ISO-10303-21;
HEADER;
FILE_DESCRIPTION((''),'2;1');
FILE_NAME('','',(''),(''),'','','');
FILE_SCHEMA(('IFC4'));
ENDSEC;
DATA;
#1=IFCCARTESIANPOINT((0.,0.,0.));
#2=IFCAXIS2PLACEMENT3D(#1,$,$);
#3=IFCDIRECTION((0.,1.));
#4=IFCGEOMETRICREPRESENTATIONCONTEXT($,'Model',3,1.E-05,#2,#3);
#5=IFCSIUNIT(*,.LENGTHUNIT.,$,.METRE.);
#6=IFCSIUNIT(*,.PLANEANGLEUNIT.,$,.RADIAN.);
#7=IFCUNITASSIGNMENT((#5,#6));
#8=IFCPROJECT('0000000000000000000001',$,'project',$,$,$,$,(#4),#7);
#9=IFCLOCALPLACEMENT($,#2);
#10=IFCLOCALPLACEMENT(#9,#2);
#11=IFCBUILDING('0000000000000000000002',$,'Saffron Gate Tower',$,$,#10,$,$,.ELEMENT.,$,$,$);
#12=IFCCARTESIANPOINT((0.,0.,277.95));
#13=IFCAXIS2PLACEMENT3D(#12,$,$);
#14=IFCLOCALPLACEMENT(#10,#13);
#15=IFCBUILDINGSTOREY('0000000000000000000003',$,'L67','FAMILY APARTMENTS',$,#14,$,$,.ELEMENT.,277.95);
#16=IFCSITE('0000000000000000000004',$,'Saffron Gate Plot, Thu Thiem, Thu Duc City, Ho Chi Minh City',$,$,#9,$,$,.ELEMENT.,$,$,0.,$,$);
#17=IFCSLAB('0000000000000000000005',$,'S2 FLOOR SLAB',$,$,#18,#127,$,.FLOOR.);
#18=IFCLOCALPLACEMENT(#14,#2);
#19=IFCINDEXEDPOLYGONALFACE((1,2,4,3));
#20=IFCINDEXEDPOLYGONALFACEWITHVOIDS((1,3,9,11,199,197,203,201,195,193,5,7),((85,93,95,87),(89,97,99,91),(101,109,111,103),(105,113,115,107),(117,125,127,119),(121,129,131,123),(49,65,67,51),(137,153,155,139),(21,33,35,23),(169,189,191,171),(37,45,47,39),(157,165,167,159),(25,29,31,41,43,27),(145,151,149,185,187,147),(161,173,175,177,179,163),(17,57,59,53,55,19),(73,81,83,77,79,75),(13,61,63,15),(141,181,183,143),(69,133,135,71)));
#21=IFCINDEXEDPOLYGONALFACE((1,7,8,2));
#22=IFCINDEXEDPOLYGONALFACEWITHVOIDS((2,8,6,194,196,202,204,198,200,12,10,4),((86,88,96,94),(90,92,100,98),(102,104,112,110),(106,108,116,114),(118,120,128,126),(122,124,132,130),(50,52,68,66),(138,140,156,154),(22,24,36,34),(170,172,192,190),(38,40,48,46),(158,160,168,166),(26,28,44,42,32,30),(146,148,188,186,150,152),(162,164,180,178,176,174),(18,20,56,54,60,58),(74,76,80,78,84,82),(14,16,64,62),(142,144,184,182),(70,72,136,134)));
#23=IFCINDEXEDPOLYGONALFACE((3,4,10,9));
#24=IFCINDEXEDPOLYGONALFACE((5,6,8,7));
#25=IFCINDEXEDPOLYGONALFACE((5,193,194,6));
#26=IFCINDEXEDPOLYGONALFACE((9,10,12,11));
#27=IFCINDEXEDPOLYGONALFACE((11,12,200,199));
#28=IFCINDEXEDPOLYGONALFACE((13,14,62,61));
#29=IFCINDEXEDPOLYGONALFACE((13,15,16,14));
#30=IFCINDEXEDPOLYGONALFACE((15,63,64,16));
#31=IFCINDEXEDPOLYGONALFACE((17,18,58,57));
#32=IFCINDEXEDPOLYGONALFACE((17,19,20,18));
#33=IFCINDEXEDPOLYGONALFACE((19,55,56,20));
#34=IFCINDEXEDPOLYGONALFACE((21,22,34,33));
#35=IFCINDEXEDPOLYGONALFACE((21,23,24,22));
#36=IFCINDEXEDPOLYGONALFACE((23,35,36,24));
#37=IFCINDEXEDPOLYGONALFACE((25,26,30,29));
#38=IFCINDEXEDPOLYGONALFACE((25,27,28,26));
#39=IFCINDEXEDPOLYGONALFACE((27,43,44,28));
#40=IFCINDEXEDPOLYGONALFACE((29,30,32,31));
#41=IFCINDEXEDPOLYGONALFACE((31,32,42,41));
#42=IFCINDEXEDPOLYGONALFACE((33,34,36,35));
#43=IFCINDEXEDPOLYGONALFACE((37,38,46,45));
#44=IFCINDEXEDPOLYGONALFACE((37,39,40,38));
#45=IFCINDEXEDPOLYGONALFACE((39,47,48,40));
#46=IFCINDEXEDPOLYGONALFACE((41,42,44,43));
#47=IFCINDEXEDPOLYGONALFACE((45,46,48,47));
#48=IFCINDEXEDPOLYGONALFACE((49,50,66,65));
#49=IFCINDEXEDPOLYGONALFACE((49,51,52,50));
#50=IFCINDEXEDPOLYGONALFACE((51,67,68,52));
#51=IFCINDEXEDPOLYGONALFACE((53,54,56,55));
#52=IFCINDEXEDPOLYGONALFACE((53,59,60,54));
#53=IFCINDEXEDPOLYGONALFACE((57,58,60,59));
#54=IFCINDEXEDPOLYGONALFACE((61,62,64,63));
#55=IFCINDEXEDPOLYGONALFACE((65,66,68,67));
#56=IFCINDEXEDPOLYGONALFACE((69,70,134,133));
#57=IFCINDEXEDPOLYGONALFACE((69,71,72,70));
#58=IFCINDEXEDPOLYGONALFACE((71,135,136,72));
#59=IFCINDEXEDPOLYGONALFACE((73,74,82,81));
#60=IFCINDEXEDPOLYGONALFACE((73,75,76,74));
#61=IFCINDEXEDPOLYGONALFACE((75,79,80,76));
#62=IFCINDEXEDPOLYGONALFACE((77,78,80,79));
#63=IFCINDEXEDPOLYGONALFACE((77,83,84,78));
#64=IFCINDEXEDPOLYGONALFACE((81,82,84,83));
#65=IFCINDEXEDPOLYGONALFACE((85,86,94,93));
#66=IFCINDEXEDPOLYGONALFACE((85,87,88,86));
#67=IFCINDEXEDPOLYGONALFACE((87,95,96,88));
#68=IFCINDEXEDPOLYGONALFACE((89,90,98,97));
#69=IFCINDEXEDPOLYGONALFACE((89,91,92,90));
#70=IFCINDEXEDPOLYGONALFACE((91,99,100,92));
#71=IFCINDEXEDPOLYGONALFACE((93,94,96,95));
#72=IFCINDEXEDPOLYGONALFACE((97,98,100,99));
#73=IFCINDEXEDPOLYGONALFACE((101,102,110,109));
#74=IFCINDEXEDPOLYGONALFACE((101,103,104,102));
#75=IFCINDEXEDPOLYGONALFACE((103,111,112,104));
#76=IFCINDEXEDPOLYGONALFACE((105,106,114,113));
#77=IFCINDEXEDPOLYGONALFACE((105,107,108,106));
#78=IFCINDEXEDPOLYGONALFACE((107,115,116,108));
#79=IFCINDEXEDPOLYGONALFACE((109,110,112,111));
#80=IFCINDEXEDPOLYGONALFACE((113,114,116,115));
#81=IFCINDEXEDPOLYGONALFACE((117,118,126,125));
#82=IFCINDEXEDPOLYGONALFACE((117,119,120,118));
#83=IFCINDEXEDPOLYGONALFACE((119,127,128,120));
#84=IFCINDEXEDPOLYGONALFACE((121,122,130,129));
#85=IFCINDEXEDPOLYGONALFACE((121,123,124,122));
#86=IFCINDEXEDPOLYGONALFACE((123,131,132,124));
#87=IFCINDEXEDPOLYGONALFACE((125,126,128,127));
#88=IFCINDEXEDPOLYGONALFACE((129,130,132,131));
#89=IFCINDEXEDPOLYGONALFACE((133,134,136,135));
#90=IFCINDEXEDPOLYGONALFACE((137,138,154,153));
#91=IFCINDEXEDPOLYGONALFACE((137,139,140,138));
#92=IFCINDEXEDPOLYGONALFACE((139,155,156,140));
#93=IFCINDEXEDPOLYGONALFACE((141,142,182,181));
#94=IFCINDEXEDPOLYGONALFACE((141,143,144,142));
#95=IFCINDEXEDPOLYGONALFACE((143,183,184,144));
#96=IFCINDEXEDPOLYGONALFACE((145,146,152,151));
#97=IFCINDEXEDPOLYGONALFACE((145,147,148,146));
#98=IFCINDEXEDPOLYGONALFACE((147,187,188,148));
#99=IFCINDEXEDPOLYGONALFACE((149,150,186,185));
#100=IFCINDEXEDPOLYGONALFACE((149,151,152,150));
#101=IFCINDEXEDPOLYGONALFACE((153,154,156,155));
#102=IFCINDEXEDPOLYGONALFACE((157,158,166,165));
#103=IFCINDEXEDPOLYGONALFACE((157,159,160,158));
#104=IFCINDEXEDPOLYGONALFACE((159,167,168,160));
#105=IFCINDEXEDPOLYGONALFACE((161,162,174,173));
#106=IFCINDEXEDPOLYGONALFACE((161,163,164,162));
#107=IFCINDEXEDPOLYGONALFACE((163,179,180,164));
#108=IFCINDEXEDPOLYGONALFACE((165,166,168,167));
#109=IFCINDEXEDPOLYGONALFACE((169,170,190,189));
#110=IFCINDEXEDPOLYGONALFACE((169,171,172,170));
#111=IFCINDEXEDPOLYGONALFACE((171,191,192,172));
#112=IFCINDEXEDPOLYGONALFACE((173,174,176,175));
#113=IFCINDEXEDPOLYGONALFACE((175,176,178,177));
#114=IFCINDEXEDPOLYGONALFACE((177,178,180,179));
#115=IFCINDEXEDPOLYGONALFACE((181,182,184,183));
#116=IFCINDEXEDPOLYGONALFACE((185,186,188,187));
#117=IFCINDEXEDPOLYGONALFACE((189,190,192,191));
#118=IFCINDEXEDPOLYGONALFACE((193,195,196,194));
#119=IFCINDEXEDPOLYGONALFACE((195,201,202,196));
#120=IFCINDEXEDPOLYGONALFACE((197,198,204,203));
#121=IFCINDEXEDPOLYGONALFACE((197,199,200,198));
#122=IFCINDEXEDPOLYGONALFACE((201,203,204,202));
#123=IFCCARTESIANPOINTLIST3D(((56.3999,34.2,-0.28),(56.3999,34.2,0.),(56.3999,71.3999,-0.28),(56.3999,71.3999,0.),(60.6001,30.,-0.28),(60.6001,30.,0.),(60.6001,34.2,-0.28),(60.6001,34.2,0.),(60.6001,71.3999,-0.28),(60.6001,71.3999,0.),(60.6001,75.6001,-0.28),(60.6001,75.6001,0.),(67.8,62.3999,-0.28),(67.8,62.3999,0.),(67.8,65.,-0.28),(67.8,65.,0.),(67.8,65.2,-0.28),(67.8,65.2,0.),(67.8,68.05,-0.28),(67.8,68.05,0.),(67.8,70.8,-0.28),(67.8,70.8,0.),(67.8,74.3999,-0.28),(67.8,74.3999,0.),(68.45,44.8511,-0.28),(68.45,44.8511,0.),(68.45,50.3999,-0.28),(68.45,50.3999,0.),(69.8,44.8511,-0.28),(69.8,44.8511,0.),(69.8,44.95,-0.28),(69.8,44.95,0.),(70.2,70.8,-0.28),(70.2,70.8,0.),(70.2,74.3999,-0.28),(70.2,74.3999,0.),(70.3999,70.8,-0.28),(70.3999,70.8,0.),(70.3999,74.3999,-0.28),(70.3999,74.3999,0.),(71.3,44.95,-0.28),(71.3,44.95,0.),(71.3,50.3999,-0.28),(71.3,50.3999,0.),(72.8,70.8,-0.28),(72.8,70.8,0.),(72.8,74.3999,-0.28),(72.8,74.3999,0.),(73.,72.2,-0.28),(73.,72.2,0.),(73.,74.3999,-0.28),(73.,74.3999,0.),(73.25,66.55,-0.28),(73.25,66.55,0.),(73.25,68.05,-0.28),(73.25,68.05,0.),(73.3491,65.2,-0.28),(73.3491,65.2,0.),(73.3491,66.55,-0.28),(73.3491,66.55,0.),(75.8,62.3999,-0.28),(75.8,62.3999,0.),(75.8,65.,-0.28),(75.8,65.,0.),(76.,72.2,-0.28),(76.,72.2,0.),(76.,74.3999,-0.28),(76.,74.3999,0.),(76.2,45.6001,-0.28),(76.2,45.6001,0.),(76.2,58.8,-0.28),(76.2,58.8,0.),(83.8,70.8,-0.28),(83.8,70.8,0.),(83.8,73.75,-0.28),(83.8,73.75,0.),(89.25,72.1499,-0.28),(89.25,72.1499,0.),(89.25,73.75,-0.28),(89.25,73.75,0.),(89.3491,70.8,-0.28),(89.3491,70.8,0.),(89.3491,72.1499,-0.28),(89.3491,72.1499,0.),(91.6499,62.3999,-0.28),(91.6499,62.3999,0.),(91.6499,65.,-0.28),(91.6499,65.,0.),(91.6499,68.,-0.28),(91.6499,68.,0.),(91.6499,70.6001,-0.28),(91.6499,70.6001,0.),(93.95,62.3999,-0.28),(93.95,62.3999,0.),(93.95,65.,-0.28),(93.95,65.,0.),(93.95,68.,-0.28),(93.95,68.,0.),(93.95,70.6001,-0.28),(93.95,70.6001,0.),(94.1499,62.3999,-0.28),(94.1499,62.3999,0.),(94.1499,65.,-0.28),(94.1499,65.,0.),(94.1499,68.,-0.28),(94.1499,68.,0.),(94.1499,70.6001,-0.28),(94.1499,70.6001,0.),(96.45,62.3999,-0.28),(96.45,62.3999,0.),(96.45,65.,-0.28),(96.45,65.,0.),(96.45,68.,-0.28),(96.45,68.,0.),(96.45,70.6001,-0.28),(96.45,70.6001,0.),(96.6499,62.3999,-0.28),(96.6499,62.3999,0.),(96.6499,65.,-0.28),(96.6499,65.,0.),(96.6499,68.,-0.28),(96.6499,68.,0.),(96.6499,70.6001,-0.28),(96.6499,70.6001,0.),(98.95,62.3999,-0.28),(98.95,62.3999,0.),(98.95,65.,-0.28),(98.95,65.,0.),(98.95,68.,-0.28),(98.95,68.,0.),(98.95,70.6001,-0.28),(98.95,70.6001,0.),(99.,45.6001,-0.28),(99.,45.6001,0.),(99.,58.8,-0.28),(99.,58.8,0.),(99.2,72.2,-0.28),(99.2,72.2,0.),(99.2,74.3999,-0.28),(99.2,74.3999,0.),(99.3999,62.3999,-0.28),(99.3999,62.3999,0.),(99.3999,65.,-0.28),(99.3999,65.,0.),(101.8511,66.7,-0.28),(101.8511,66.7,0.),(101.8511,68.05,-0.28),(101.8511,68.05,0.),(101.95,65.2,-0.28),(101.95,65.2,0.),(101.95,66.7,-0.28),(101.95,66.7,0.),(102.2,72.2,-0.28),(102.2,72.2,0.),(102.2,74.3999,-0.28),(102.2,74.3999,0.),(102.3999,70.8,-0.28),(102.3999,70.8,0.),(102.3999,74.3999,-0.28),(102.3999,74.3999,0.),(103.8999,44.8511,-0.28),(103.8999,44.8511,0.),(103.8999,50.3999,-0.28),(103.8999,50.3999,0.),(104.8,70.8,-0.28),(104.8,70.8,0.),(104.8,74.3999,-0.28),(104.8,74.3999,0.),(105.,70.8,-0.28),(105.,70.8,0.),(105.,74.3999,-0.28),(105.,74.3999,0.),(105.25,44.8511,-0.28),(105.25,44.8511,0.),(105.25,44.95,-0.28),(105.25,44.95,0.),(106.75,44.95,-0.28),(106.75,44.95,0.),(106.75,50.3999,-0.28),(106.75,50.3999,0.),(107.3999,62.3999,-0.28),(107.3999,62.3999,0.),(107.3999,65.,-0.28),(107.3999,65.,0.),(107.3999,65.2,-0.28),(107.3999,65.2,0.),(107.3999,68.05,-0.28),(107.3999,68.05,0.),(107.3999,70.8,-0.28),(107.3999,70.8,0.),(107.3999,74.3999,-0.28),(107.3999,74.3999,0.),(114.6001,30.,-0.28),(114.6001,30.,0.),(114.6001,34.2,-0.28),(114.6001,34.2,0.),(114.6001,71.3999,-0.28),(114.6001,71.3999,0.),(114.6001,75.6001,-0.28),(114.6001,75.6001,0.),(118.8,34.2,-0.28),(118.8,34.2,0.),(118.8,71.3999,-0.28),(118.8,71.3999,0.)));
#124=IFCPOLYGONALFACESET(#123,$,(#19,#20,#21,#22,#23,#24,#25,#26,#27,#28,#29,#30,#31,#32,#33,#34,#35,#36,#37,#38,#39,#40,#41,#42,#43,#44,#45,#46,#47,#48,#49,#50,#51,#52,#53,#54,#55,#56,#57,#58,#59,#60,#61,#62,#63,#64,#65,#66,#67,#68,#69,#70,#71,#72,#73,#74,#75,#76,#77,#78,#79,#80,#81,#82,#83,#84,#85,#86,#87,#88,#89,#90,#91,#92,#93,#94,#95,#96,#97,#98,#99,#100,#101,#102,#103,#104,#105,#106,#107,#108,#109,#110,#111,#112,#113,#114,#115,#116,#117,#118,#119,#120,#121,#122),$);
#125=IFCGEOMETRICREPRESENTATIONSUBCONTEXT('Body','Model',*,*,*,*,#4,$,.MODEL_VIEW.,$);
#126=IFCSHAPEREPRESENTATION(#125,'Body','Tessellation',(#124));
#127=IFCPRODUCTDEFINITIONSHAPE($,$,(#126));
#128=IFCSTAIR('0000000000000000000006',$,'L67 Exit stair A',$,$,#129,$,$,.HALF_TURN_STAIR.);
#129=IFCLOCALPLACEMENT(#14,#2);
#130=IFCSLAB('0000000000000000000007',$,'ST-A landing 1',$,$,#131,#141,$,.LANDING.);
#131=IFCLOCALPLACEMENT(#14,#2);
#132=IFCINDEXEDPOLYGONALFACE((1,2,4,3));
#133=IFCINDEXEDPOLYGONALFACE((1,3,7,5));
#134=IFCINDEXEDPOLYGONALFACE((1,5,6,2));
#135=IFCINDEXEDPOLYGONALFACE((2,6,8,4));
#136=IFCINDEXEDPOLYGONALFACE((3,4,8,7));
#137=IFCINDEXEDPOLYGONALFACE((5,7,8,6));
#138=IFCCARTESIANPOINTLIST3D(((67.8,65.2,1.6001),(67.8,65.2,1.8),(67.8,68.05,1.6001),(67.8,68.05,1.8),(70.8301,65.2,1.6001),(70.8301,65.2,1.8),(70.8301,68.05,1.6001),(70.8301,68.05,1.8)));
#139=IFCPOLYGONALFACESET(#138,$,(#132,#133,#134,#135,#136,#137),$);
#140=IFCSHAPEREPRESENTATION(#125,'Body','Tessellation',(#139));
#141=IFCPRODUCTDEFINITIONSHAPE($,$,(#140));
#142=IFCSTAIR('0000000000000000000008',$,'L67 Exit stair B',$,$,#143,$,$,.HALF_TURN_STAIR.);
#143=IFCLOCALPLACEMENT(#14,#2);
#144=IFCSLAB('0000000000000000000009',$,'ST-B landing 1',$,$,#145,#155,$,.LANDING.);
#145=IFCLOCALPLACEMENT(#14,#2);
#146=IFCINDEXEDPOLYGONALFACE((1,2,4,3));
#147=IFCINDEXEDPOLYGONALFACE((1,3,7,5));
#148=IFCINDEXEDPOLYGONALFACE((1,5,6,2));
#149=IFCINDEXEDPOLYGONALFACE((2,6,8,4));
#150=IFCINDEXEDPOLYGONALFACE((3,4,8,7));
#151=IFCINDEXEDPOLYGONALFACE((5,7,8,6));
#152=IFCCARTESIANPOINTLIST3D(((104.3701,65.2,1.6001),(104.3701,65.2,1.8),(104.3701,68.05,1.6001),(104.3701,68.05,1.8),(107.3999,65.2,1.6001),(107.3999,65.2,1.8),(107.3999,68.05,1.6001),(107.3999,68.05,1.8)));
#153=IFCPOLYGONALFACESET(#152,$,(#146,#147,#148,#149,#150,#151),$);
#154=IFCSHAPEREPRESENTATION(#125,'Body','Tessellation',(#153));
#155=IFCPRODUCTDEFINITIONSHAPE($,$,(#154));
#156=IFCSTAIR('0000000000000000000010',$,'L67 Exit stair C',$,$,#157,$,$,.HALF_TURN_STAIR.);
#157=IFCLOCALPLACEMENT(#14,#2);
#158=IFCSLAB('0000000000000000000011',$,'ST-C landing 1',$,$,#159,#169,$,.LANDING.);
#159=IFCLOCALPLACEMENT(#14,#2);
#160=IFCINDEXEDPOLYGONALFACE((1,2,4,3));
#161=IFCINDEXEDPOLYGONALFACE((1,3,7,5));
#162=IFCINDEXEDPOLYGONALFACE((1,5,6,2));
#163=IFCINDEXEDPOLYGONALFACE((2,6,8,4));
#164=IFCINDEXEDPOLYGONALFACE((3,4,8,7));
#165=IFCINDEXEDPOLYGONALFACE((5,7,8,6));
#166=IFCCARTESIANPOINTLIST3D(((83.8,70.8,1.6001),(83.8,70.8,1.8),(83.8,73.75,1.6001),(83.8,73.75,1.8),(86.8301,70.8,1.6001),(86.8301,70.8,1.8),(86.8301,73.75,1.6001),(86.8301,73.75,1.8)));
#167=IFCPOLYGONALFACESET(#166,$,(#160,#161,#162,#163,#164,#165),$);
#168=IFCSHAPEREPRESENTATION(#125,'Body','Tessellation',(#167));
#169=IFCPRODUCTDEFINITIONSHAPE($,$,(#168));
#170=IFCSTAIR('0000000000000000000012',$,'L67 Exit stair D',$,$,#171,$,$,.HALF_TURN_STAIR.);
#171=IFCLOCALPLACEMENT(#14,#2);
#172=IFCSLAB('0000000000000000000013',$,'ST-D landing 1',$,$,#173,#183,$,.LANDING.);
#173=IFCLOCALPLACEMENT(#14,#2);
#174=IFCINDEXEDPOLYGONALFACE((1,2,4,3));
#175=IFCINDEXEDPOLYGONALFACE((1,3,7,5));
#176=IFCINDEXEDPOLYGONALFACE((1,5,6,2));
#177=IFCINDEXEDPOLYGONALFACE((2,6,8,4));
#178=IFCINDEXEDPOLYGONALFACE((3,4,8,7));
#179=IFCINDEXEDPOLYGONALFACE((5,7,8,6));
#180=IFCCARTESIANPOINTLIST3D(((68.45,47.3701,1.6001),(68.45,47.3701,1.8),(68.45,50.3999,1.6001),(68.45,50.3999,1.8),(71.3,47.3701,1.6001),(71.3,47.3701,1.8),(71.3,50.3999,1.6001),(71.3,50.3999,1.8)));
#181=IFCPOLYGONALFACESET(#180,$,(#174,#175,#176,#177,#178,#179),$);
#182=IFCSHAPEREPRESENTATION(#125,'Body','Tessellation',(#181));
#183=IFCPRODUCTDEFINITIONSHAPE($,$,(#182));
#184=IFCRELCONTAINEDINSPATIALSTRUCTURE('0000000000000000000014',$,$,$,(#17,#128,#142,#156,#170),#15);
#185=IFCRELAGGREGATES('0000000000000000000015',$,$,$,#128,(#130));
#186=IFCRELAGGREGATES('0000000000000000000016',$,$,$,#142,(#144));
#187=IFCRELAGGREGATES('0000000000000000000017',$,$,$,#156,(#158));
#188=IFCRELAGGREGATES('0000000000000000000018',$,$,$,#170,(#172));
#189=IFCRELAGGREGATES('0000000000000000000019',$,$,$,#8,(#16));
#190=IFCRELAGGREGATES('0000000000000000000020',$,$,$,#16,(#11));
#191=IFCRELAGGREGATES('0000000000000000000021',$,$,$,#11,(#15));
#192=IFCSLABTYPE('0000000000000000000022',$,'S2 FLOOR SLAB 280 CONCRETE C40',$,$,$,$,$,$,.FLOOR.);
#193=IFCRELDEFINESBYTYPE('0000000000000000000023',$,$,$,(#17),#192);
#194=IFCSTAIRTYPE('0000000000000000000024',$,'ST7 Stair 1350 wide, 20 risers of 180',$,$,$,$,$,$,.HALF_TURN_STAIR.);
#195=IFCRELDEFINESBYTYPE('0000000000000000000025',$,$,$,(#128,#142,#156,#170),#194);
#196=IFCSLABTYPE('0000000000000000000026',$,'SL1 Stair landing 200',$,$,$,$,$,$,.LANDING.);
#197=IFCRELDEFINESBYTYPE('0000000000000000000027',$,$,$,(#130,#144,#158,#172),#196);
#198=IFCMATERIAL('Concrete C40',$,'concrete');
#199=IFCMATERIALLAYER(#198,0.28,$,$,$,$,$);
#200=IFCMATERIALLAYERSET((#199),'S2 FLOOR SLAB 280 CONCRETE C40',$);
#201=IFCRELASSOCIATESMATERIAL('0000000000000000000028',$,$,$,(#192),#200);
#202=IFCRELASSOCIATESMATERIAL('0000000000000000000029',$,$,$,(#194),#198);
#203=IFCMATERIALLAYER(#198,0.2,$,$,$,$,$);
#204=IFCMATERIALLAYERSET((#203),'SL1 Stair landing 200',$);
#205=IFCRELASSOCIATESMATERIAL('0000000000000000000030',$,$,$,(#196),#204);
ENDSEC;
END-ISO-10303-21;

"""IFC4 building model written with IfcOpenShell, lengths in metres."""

from ifc_helpers import new_model, si_unit, direction, frame, origin, place, context, subcontext, project, spatial, polyline, outline, extrude, material, layer, layer_set, type_object, element, aggregate, save


model = new_model("IFC4")

# Units and contexts
model_context = context("Model", 3, precision=1e-05, world=origin(), true_north=direction((0.0, 1.0)))
body_context = subcontext(model_context, "Body", "Model", "MODEL_VIEW")
ifc_project = project(units=[si_unit("LENGTHUNIT", "METRE"), si_unit("PLANEANGLEUNIT", "RADIAN")], contexts=[model_context])

# Site, building, storey
site_placement = place(None, origin())
site = spatial("IfcSite", under=ifc_project, at=site_placement, Name="Saffron Gate Plot, Thu Thiem, Thu Duc City, Ho Chi Minh City", CompositionType="ELEMENT", RefElevation=0.0)
building_placement = place(site_placement, origin())
building = spatial("IfcBuilding", under=site, at=building_placement, Name="Saffron Gate Tower", CompositionType="ELEMENT")
storey_placement = place(building_placement, frame((0.0, 0.0, 277.95)))
storey = spatial("IfcBuildingStorey", under=building, at=storey_placement, Name="L67", Description="FAMILY APARTMENTS", CompositionType="ELEMENT", Elevation=277.95)

# Slab
ifc_material_1 = material(Name="Concrete C40", Category="concrete")
ifc_layer_1 = layer(ifc_material_1, 0.28)
ifc_layer_set_1 = layer_set([ifc_layer_1], Name="S2 FLOOR SLAB 280 CONCRETE C40")
slab_type_1 = type_object("IfcSlabType", Name="S2 FLOOR SLAB 280 CONCRETE C40", PredefinedType="FLOOR", material=ifc_layer_set_1)
slab_1_placement = place(storey_placement, frame((0.0, 0.0, -0.28)))
element("IfcSlab", 1, at=slab_1_placement, inside=storey, type_object=slab_type_1, Name="S2 FLOOR SLAB", PredefinedType="FLOOR", context=body_context, shape_type="SweptSolid", body=[
    extrude(outline(polyline([(56.3999, 34.2), (60.6001, 34.2), (60.6001, 30.0), (114.6001, 30.0), (114.6001, 34.2), (118.8, 34.2), (118.8, 71.3999), (114.6001, 71.3999), (114.6001, 75.6001), (60.6001, 75.6001), (60.6001, 71.3999), (56.3999, 71.3999), (56.3999, 34.2)]), holes=[polyline([(67.8, 62.3999), (67.8, 65.0), (75.8, 65.0), (75.8, 62.3999), (67.8, 62.3999)]), polyline([(67.8, 65.2), (67.8, 68.05), (73.25, 68.05), (73.25, 66.55), (73.3491, 66.55), (73.3491, 65.2), (67.8, 65.2)]), polyline([(67.8, 70.8), (67.8, 74.3999), (70.2, 74.3999), (70.2, 70.8), (67.8, 70.8)]), polyline([(68.45, 44.8511), (68.45, 50.3999), (71.3, 50.3999), (71.3, 44.95), (69.8, 44.95), (69.8, 44.8511), (68.45, 44.8511)]), polyline([(70.3999, 70.8), (70.3999, 74.3999), (72.8, 74.3999), (72.8, 70.8), (70.3999, 70.8)]), polyline([(73.0, 72.2), (73.0, 74.3999), (76.0, 74.3999), (76.0, 72.2), (73.0, 72.2)]), polyline([(76.2, 45.6001), (76.2, 58.8), (99.0, 58.8), (99.0, 45.6001), (76.2, 45.6001)]), polyline([(83.8, 70.8), (83.8, 73.75), (89.25, 73.75), (89.25, 72.1499), (89.3491, 72.1499), (89.3491, 70.8), (83.8, 70.8)]), polyline([(91.6499, 62.3999), (91.6499, 65.0), (93.95, 65.0), (93.95, 62.3999), (91.6499, 62.3999)]), polyline([(91.6499, 68.0), (91.6499, 70.6001), (93.95, 70.6001), (93.95, 68.0), (91.6499, 68.0)]), polyline([(94.1499, 62.3999), (94.1499, 65.0), (96.45, 65.0), (96.45, 62.3999), (94.1499, 62.3999)]), polyline([(94.1499, 68.0), (94.1499, 70.6001), (96.45, 70.6001), (96.45, 68.0), (94.1499, 68.0)]), polyline([(96.6499, 62.3999), (96.6499, 65.0), (98.95, 65.0), (98.95, 62.3999), (96.6499, 62.3999)]), polyline([(96.6499, 68.0), (96.6499, 70.6001), (98.95, 70.6001), (98.95, 68.0), (96.6499, 68.0)]), polyline([(99.2, 72.2), (99.2, 74.3999), (102.2, 74.3999), (102.2, 72.2), (99.2, 72.2)]), polyline([(99.3999, 62.3999), (99.3999, 65.0), (107.3999, 65.0), (107.3999, 62.3999), (99.3999, 62.3999)]), polyline([(101.8511, 66.7), (101.8511, 68.05), (107.3999, 68.05), (107.3999, 65.2), (101.95, 65.2), (101.95, 66.7), (101.8511, 66.7)]), polyline([(102.3999, 70.8), (102.3999, 74.3999), (104.8, 74.3999), (104.8, 70.8), (102.3999, 70.8)]), polyline([(103.8999, 44.8511), (103.8999, 50.3999), (106.75, 50.3999), (106.75, 44.95), (105.25, 44.95), (105.25, 44.8511), (103.8999, 44.8511)]), polyline([(105.0, 70.8), (105.0, 74.3999), (107.3999, 74.3999), (107.3999, 70.8), (105.0, 70.8)])]), origin(), (0.0, 0.0, 1.0), 0.28),
])

# Stairs, slabs
stair_type = type_object("IfcStairType", Name="ST7 Stair 1350 wide, 20 risers of 180", PredefinedType="HALF_TURN_STAIR", material=ifc_material_1)
stair_1_placement = place(storey_placement, origin())
stair_1 = element("IfcStair", 2, at=stair_1_placement, inside=storey, type_object=stair_type, Name="L67 Exit stair A", PredefinedType="HALF_TURN_STAIR")
ifc_layer_2 = layer(ifc_material_1, 0.2)
ifc_layer_set_2 = layer_set([ifc_layer_2], Name="SL1 Stair landing 200")
slab_type_2 = type_object("IfcSlabType", Name="SL1 Stair landing 200", PredefinedType="LANDING", material=ifc_layer_set_2)
slab_2_placement = place(storey_placement, frame((0.0, 0.0, 1.6001)))
slab_2 = element("IfcSlab", 3, at=slab_2_placement, type_object=slab_type_2, Name="ST-A landing 1", PredefinedType="LANDING", context=body_context, shape_type="SweptSolid", body=[
    extrude(outline(polyline([(70.8301, 68.05), (67.8, 68.05), (67.8, 65.2), (70.8301, 65.2), (70.8301, 68.05)])), origin(), (0.0, 0.0, 1.0), 0.2),
])
aggregate(stair_1, [slab_2])
stair_2_placement = place(storey_placement, origin())
stair_2 = element("IfcStair", 4, at=stair_2_placement, inside=storey, type_object=stair_type, Name="L67 Exit stair B", PredefinedType="HALF_TURN_STAIR")
slab_3_placement = place(storey_placement, frame((0.0, 0.0, 1.6001)))
slab_3 = element("IfcSlab", 5, at=slab_3_placement, type_object=slab_type_2, Name="ST-B landing 1", PredefinedType="LANDING", context=body_context, shape_type="SweptSolid", body=[
    extrude(outline(polyline([(104.3701, 65.2), (107.3999, 65.2), (107.3999, 68.05), (104.3701, 68.05), (104.3701, 65.2)])), origin(), (0.0, 0.0, 1.0), 0.2),
])
aggregate(stair_2, [slab_3])
stair_3_placement = place(storey_placement, origin())
stair_3 = element("IfcStair", 6, at=stair_3_placement, inside=storey, type_object=stair_type, Name="L67 Exit stair C", PredefinedType="HALF_TURN_STAIR")
slab_4_placement = place(storey_placement, frame((0.0, 0.0, 1.6001)))
slab_4 = element("IfcSlab", 7, at=slab_4_placement, type_object=slab_type_2, Name="ST-C landing 1", PredefinedType="LANDING", context=body_context, shape_type="SweptSolid", body=[
    extrude(outline(polyline([(86.8301, 73.75), (83.8, 73.75), (83.8, 70.8), (86.8301, 70.8), (86.8301, 73.75)])), origin(), (0.0, 0.0, 1.0), 0.2),
])
aggregate(stair_3, [slab_4])
stair_4_placement = place(storey_placement, origin())
stair_4 = element("IfcStair", 8, at=stair_4_placement, inside=storey, type_object=stair_type, Name="L67 Exit stair D", PredefinedType="HALF_TURN_STAIR")
slab_5_placement = place(storey_placement, frame((0.0, 0.0, 1.6001)))
slab_5 = element("IfcSlab", 9, at=slab_5_placement, type_object=slab_type_2, Name="ST-D landing 1", PredefinedType="LANDING", context=body_context, shape_type="SweptSolid", body=[
    extrude(outline(polyline([(71.3, 47.3701), (71.3, 50.3999), (68.45, 50.3999), (68.45, 47.3701), (71.3, 47.3701)])), origin(), (0.0, 0.0, 1.0), 0.2),
])
aggregate(stair_4, [slab_5])

save(model, "model.ifc")
